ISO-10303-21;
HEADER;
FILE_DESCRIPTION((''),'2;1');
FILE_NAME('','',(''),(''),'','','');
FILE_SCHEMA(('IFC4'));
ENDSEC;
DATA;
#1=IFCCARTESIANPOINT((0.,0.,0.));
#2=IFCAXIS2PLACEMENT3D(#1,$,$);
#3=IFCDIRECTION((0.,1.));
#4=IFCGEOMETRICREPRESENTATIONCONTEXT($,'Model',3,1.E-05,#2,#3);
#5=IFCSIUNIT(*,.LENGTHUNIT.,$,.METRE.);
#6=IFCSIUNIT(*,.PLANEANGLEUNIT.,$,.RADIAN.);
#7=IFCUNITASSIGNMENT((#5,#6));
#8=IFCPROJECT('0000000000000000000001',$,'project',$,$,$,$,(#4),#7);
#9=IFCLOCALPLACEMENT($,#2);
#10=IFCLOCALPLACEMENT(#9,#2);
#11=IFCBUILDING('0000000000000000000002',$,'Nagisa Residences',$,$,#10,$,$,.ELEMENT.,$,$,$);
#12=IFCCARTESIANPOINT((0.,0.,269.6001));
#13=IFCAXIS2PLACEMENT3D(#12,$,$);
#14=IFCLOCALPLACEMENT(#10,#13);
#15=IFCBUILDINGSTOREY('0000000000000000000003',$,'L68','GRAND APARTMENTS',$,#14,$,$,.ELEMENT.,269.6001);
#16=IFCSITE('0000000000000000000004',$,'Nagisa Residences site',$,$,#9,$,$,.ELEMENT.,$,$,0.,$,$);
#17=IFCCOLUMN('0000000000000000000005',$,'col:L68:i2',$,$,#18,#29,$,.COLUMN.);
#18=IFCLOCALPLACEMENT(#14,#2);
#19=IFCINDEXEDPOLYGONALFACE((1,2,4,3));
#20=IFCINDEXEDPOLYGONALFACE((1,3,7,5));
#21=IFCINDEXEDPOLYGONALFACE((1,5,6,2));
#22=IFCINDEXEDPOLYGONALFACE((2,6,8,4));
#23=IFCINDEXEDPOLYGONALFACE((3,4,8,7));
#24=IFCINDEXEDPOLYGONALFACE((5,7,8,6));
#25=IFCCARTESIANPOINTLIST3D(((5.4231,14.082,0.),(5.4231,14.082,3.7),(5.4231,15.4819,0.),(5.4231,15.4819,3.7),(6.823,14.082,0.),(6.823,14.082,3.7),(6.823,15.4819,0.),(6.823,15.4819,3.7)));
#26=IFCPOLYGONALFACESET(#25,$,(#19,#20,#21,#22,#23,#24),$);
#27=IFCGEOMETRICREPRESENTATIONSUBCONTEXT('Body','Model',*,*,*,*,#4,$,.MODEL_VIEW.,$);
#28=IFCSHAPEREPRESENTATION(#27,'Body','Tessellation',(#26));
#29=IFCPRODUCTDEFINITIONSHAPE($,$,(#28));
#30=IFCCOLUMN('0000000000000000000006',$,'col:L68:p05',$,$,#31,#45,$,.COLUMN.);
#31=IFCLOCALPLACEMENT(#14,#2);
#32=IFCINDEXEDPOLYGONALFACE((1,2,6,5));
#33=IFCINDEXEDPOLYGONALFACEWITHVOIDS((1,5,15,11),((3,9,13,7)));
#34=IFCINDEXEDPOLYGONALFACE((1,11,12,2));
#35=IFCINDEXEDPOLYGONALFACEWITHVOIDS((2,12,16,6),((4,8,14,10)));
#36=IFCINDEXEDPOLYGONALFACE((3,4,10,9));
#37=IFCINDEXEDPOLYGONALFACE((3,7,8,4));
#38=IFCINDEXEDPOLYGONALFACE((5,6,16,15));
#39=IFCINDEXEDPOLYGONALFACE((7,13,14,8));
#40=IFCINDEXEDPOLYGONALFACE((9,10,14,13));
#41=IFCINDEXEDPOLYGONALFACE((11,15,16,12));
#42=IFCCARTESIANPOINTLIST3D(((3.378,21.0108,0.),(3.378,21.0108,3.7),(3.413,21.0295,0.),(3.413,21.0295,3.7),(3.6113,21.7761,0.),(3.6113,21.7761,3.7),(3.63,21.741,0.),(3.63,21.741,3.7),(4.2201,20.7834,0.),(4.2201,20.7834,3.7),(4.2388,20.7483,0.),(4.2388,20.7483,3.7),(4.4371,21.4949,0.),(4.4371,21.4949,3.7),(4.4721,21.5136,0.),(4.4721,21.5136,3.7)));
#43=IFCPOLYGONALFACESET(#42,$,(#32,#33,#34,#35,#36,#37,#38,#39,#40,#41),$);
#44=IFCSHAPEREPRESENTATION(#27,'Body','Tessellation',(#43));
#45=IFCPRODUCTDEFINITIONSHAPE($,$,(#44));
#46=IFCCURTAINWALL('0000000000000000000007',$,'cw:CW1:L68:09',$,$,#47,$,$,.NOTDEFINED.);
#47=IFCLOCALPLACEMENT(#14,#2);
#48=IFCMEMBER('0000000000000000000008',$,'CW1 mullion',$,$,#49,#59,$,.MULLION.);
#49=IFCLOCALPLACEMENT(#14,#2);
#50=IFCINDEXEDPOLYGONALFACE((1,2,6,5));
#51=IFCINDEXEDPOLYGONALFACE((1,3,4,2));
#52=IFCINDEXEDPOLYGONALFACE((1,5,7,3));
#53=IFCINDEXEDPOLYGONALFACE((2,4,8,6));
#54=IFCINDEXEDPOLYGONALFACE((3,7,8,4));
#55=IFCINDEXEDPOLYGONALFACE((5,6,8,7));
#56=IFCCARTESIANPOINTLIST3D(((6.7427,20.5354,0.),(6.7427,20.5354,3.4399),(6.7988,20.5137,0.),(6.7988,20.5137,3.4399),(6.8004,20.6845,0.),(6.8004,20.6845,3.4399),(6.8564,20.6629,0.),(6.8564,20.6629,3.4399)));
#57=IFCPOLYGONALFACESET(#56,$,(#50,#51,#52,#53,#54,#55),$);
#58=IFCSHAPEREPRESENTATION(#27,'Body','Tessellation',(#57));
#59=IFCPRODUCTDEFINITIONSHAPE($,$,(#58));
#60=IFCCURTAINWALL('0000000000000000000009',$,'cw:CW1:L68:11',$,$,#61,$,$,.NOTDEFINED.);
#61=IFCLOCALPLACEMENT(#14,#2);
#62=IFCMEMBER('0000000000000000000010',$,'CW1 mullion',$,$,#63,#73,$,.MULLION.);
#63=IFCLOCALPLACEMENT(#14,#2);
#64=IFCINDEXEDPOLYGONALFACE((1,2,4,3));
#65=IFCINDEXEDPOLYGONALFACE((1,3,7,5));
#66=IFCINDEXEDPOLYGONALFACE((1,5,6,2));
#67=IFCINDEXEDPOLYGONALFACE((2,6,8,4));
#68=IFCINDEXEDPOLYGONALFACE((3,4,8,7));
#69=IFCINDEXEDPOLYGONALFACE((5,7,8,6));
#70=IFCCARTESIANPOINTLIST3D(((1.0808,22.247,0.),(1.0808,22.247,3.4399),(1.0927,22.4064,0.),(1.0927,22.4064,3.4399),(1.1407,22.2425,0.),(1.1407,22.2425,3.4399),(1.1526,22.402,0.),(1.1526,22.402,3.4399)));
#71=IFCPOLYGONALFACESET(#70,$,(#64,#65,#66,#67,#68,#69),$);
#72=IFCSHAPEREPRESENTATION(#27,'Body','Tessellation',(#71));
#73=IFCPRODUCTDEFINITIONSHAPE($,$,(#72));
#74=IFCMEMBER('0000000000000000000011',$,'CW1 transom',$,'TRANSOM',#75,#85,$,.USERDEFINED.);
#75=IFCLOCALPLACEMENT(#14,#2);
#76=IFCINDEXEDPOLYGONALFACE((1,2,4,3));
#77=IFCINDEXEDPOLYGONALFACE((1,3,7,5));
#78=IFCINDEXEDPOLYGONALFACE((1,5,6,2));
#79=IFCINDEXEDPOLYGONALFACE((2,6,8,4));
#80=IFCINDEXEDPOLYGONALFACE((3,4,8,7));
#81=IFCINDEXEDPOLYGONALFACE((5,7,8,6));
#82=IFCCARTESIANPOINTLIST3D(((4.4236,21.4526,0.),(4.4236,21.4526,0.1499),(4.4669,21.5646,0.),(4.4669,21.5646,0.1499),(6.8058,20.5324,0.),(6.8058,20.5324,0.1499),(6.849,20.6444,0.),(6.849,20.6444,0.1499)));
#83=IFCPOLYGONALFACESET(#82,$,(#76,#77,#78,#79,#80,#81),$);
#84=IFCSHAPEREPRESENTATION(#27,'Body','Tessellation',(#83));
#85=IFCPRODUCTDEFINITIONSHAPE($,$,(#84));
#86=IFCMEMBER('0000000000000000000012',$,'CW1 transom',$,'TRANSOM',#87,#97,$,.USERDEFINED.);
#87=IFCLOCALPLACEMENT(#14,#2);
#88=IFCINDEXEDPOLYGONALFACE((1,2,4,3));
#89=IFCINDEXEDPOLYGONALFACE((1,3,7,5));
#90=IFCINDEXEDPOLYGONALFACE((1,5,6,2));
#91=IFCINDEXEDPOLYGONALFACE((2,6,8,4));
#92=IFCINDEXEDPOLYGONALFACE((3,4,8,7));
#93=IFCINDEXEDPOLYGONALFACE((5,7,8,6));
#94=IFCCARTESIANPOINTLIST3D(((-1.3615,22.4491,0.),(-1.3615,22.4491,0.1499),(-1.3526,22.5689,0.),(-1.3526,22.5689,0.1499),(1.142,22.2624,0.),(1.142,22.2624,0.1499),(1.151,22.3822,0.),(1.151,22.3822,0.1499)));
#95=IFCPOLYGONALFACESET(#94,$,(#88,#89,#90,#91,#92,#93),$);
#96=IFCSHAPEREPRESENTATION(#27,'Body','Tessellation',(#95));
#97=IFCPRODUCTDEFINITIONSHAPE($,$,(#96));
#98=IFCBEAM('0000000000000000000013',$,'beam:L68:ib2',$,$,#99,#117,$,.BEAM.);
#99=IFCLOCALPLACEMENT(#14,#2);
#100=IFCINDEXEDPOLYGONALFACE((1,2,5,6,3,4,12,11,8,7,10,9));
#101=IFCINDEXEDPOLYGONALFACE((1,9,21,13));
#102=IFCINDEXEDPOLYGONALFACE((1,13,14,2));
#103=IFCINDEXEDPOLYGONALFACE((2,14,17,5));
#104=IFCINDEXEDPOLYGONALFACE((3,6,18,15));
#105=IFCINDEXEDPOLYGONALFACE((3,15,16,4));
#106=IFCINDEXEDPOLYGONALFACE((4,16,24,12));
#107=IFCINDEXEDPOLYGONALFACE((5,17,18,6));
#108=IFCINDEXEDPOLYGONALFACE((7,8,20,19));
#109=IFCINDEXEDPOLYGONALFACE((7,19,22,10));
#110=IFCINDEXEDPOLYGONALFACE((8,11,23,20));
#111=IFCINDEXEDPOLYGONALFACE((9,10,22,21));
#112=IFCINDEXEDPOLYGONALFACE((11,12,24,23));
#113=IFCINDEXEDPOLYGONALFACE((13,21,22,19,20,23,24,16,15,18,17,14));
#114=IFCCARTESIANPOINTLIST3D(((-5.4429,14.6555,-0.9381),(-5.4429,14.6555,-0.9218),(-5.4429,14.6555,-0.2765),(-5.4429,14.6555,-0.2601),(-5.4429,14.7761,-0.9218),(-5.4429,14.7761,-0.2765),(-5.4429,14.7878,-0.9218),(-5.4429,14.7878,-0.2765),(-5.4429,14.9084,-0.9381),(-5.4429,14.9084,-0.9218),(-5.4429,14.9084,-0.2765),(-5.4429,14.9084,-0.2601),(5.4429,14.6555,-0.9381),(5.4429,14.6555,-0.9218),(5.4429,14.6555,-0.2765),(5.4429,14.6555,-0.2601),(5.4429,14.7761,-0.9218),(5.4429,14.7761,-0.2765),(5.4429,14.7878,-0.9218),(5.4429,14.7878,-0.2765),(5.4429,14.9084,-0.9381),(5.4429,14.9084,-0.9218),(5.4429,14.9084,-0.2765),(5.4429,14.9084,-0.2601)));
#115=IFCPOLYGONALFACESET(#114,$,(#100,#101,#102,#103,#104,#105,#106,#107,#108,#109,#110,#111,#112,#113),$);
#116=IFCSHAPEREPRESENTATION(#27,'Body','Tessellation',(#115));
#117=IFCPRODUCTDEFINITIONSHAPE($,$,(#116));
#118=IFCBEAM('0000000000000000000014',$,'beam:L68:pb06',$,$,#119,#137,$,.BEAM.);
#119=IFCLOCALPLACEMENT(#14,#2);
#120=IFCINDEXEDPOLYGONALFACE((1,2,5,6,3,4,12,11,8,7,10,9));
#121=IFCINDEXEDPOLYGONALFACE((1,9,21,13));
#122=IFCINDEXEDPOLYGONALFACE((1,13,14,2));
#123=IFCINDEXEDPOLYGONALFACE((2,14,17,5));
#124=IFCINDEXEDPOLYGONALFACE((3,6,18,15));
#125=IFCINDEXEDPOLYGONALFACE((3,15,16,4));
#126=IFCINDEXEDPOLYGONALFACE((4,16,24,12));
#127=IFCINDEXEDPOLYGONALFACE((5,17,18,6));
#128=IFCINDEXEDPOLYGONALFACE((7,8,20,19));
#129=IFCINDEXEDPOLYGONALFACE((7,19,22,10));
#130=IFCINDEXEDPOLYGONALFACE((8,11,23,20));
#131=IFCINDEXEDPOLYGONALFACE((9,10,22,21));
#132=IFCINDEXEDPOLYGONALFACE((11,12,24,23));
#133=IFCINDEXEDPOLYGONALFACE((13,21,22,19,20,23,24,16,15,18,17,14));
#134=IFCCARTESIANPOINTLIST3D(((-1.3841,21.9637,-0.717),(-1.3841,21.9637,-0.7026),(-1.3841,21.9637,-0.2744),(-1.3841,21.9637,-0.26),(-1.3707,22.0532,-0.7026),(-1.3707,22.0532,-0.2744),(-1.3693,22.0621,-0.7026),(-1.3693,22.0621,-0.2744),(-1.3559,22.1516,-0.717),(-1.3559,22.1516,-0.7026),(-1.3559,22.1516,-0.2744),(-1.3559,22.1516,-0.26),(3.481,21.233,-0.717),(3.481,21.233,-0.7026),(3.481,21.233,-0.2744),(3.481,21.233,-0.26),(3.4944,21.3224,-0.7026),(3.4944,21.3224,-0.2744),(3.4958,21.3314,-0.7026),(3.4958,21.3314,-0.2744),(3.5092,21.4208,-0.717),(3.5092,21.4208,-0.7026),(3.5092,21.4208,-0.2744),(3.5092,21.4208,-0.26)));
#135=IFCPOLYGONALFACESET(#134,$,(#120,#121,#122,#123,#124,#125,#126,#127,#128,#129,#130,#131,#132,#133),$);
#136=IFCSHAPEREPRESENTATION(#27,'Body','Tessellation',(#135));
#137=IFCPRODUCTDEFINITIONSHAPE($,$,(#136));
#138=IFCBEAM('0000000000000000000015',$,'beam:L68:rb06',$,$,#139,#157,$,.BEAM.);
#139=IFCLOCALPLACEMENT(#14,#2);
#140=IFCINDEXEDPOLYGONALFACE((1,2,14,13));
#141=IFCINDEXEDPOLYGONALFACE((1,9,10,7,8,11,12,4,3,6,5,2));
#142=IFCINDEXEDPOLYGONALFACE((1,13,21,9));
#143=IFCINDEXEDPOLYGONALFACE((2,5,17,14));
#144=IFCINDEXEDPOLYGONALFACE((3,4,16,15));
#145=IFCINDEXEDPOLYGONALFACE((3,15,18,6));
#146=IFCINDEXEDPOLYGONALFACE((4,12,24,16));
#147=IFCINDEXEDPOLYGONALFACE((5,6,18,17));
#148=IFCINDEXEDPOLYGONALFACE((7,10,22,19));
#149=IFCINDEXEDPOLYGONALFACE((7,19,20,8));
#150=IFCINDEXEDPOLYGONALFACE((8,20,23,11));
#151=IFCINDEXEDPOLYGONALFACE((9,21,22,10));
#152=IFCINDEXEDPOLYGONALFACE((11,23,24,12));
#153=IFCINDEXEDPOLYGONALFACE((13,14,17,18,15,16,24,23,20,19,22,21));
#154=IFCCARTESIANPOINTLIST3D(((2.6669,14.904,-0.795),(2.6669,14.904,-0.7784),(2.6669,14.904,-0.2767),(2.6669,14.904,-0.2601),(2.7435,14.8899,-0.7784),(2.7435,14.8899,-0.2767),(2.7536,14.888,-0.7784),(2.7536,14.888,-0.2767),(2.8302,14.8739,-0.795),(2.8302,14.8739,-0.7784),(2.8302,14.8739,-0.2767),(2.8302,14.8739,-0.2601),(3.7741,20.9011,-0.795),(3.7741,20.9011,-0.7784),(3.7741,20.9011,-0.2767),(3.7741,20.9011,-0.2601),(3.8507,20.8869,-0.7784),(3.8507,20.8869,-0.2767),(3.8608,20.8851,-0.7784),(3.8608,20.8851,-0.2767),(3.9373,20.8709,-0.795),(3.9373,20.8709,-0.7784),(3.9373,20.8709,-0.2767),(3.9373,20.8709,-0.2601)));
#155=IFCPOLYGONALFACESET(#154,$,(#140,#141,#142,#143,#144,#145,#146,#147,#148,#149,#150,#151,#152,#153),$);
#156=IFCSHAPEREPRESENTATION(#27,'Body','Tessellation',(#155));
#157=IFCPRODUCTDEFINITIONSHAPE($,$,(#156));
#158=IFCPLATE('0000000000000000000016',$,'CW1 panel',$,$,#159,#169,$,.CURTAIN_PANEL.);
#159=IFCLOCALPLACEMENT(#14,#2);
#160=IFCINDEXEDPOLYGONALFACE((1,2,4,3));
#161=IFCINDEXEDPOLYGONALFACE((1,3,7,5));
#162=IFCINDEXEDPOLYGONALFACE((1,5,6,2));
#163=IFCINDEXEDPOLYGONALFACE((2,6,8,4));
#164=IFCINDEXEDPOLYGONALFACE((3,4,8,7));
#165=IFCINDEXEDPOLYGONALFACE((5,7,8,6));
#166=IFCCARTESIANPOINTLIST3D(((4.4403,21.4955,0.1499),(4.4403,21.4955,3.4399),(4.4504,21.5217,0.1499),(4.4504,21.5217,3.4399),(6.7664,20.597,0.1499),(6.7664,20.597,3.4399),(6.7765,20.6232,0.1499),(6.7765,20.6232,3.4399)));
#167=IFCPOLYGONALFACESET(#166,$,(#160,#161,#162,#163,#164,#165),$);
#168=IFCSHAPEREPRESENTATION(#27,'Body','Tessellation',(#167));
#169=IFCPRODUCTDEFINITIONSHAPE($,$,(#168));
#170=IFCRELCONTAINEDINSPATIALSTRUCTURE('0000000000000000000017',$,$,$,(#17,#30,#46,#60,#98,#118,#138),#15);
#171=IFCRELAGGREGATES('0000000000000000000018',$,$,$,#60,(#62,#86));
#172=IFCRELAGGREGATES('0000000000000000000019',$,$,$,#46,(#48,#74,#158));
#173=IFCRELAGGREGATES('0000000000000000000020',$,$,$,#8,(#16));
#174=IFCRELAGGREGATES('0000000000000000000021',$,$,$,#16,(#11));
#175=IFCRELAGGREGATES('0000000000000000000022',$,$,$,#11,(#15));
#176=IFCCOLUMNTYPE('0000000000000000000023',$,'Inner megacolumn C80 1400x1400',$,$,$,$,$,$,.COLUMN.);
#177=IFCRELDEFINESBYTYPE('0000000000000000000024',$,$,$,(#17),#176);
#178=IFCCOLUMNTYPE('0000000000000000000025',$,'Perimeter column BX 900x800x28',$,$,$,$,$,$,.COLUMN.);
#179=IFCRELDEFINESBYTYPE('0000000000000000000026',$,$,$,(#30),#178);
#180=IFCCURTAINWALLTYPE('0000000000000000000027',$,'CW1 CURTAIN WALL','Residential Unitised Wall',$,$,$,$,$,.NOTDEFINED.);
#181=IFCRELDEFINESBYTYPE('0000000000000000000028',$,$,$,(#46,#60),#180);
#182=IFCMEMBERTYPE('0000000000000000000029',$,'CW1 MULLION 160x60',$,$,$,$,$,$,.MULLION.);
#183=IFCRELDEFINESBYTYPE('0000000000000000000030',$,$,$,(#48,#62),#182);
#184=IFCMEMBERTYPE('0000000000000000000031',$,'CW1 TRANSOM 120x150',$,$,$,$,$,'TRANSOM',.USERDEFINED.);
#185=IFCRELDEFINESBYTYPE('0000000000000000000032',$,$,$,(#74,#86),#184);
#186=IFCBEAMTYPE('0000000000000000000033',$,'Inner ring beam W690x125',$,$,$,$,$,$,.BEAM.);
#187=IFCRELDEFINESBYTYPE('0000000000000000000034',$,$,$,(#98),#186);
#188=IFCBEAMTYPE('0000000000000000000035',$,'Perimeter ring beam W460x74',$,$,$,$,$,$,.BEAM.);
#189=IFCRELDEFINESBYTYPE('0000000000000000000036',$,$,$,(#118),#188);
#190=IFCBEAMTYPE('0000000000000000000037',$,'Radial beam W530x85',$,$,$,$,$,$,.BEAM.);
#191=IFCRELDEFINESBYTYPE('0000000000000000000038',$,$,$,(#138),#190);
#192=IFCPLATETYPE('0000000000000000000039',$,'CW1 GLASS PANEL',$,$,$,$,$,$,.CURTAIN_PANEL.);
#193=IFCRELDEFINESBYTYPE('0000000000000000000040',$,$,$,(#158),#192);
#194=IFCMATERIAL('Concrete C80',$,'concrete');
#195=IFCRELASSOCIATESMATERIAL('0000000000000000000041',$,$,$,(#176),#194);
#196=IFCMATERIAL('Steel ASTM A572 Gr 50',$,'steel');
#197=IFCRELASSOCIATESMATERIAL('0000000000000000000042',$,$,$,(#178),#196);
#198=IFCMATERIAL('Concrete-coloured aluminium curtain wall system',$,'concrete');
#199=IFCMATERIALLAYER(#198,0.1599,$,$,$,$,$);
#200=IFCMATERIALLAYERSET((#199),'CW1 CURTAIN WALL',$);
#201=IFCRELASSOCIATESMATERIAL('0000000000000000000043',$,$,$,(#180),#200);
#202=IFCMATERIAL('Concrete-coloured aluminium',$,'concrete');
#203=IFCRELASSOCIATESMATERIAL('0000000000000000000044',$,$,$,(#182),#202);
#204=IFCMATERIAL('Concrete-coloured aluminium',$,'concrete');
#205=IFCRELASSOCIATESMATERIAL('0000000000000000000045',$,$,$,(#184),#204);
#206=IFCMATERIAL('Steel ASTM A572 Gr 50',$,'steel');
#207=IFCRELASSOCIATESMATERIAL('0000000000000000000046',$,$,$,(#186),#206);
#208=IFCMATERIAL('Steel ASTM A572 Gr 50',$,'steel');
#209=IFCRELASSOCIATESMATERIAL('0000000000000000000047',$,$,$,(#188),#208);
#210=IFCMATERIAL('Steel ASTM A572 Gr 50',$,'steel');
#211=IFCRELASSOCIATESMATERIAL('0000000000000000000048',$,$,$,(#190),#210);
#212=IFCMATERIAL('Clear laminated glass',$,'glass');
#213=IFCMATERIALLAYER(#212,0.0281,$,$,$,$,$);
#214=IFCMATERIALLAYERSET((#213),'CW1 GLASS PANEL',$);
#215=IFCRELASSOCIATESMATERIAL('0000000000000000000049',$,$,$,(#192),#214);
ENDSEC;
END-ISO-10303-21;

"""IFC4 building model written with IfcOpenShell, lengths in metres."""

from ifc_helpers import new_model, si_unit, direction, frame, origin, origin_2d, place, context, subcontext, project, spatial, rectangle, hollow_rectangle, i_section, extrude, material, layer, layer_set, material_profile, profile_set, type_object, element, aggregate, save


model = new_model("IFC4")

# Units and contexts
model_context = context("Model", 3, precision=1e-05, world=origin(), true_north=direction((0.0, 1.0)))
body_context = subcontext(model_context, "Body", "Model", "MODEL_VIEW")
ifc_project = project(units=[si_unit("LENGTHUNIT", "METRE"), si_unit("PLANEANGLEUNIT", "RADIAN")], contexts=[model_context])

# Site, building, storey
site_placement = place(None, origin())
site = spatial("IfcSite", under=ifc_project, at=site_placement, Name="Nagisa Residences site", CompositionType="ELEMENT", RefElevation=0.0)
building_placement = place(site_placement, origin())
building = spatial("IfcBuilding", under=site, at=building_placement, Name="Nagisa Residences", CompositionType="ELEMENT")
storey_placement = place(building_placement, frame((0.0, 0.0, 269.6001)))
storey = spatial("IfcBuildingStorey", under=building, at=storey_placement, Name="L68", Description="GRAND APARTMENTS", CompositionType="ELEMENT", Elevation=269.6001)

# Columns
ifc_material_1 = material(Name="Concrete C80", Category="concrete")
ifc_material_profile_1 = material_profile(ifc_material_1, rectangle(XDim=1.3999, YDim=1.3999, at=origin_2d()), Name="C80 1400x1400")
ifc_profile_set_1 = profile_set([ifc_material_profile_1], Name="Concrete C80")
column_type_1 = type_object("IfcColumnType", Name="Inner megacolumn C80 1400x1400", PredefinedType="COLUMN", material=ifc_profile_set_1)
column_1_placement = place(storey_placement, frame((6.123, 14.782, 0.0), z_axis=(0.0, 0.0, 1.0), x_axis=(1.0, 0.0, 0.0)))
element("IfcColumn", 1, at=column_1_placement, inside=storey, type_object=column_type_1, Name="col:L68:i2", PredefinedType="COLUMN", context=body_context, shape_type="SweptSolid", body=[
    extrude(rectangle(XDim=1.3999, YDim=1.3999, at=origin_2d()), origin(), (0.0, 0.0, 1.0), 3.7),
])
ifc_material_2 = material(Name="Steel ASTM A572 Gr 50", Category="steel")
ifc_material_profile_2 = material_profile(ifc_material_2, hollow_rectangle(XDim=0.8999, YDim=0.8, WallThickness=0.0281, at=origin_2d()), Name="BX 900x800x28")
ifc_profile_set_2 = profile_set([ifc_material_profile_2], Name="Steel ASTM A572 Gr 50")
column_type_2 = type_object("IfcColumnType", Name="Perimeter column BX 900x800x28", PredefinedType="COLUMN", material=ifc_profile_set_2)
column_2_placement = place(storey_placement, frame((3.925, 21.2622, 0.0), z_axis=(0.0, 0.0, 1.0), x_axis=(-0.956525, 0.291652, 0.0)))
element("IfcColumn", 2, at=column_2_placement, inside=storey, type_object=column_type_2, Name="col:L68:p05", PredefinedType="COLUMN", context=body_context, shape_type="SweptSolid", body=[
    extrude(hollow_rectangle(XDim=0.8999, YDim=0.8, WallThickness=0.0281, at=origin_2d()), origin(), (0.0, 0.0, 1.0), 3.7),
])

# Curtain walls, members
ifc_material_3 = material(Name="Concrete-coloured aluminium curtain wall system", Category="concrete")
ifc_layer_1 = layer(ifc_material_3, 0.1599)
ifc_layer_set_1 = layer_set([ifc_layer_1], Name="CW1 CURTAIN WALL")
curtain_wall_type = type_object("IfcCurtainWallType", Name="CW1 CURTAIN WALL", Description="Residential Unitised Wall", PredefinedType="NOTDEFINED", material=ifc_layer_set_1)
curtain_wall_1_placement = place(storey_placement, origin())
curtain_wall_1 = element("IfcCurtainWall", 3, at=curtain_wall_1_placement, inside=storey, type_object=curtain_wall_type, Name="cw:CW1:L68:09", PredefinedType="NOTDEFINED")
ifc_material_4 = material(Name="Concrete-coloured aluminium", Category="concrete")
ifc_material_profile_3 = material_profile(ifc_material_4, rectangle(XDim=0.1599, YDim=0.0601, at=origin_2d()), Name="CW1 MULLION 160x60")
ifc_profile_set_3 = profile_set([ifc_material_profile_3], Name="Concrete-coloured aluminium")
member_type_1 = type_object("IfcMemberType", Name="CW1 MULLION 160x60", PredefinedType="MULLION", material=ifc_profile_set_3)
member_1_placement = place(storey_placement, frame((6.7996, 20.5991, 0.0), z_axis=(0.0, 0.0, 1.0), x_axis=(-0.360328, -0.932826, 0.0)))
member_1 = element("IfcMember", 4, at=member_1_placement, type_object=member_type_1, Name="CW1 mullion", PredefinedType="MULLION", context=body_context, shape_type="SweptSolid", body=[
    extrude(rectangle(XDim=0.1599, YDim=0.0601, at=origin_2d()), origin(), (0.0, 0.0, 1.0), 3.4399),
])
curtain_wall_2_placement = place(storey_placement, origin())
curtain_wall_2 = element("IfcCurtainWall", 5, at=curtain_wall_2_placement, inside=storey, type_object=curtain_wall_type, Name="cw:CW1:L68:11", PredefinedType="NOTDEFINED")
member_2_placement = place(storey_placement, frame((1.1167, 22.3245, 0.0), z_axis=(0.0, 0.0, 1.0), x_axis=(-0.074377, -0.99723, 0.0)))
member_2 = element("IfcMember", 6, at=member_2_placement, type_object=member_type_1, Name="CW1 mullion", PredefinedType="MULLION", context=body_context, shape_type="SweptSolid", body=[
    extrude(rectangle(XDim=0.1599, YDim=0.0601, at=origin_2d()), origin(), (0.0, 0.0, 1.0), 3.4399),
])

# Members
ifc_material_5 = material(Name="Concrete-coloured aluminium", Category="concrete")
ifc_material_profile_4 = material_profile(ifc_material_5, rectangle(XDim=0.1201, YDim=0.1499, at=origin_2d()), Name="CW1 TRANSOM 120x150")
ifc_profile_set_4 = profile_set([ifc_material_profile_4], Name="Concrete-coloured aluminium")
member_type_2 = type_object("IfcMemberType", Name="CW1 TRANSOM 120x150", ElementType="TRANSOM", PredefinedType="USERDEFINED", material=ifc_profile_set_4)
member_3_placement = place(storey_placement, frame((6.8274, 20.5884, 0.075), z_axis=(-0.932822, 0.360337, 0.0), x_axis=(-0.360337, -0.932822, 0.0)))
member_3 = element("IfcMember", 7, at=member_3_placement, type_object=member_type_2, Name="CW1 transom", ObjectType="TRANSOM", PredefinedType="USERDEFINED", context=body_context, shape_type="SweptSolid", body=[
    extrude(rectangle(XDim=0.1201, YDim=0.1499, at=origin_2d()), origin(), (0.0, 0.0, 1.0), 2.5537),
])
member_4_placement = place(storey_placement, frame((1.1465, 22.3223, 0.075), z_axis=(-0.997229, 0.074391, 0.0), x_axis=(-0.074391, -0.997229, 0.0)))
member_4 = element("IfcMember", 8, at=member_4_placement, type_object=member_type_2, Name="CW1 transom", ObjectType="TRANSOM", PredefinedType="USERDEFINED", context=body_context, shape_type="SweptSolid", body=[
    extrude(rectangle(XDim=0.1201, YDim=0.1499, at=origin_2d()), origin(), (0.0, 0.0, 1.0), 2.5105),
])
aggregate(curtain_wall_2, [member_2, member_4])

# Beams
ifc_material_6 = material(Name="Steel ASTM A572 Gr 50", Category="steel")
ifc_material_profile_5 = material_profile(ifc_material_6, i_section(OverallWidth=0.2529, OverallDepth=0.678, WebThickness=0.0117, FlangeThickness=0.0164, at=origin_2d()), Name="W690x125")
ifc_profile_set_5 = profile_set([ifc_material_profile_5], Name="Steel ASTM A572 Gr 50")
beam_type_1 = type_object("IfcBeamType", Name="Inner ring beam W690x125", PredefinedType="BEAM", material=ifc_profile_set_5)
beam_1_placement = place(storey_placement, frame((5.4429, 14.782, -0.5991), z_axis=(-1.0, 0.0, 0.0), x_axis=(0.0, -1.0, 0.0)))
element("IfcBeam", 9, at=beam_1_placement, inside=storey, type_object=beam_type_1, Name="beam:L68:ib2", PredefinedType="BEAM", context=body_context, shape_type="SweptSolid", body=[
    extrude(i_section(OverallWidth=0.2529, OverallDepth=0.678, WebThickness=0.0117, FlangeThickness=0.0164, at=origin_2d()), origin(), (0.0, 0.0, 1.0), 10.8857),
])
ifc_material_7 = material(Name="Steel ASTM A572 Gr 50", Category="steel")
ifc_material_profile_6 = material_profile(ifc_material_7, i_section(OverallWidth=0.1899, OverallDepth=0.457, WebThickness=0.009, FlangeThickness=0.0144, at=origin_2d()), Name="W460x74")
ifc_profile_set_6 = profile_set([ifc_material_profile_6], Name="Steel ASTM A572 Gr 50")
beam_type_2 = type_object("IfcBeamType", Name="Perimeter ring beam W460x74", PredefinedType="BEAM", material=ifc_profile_set_6)
beam_2_placement = place(storey_placement, frame((3.4951, 21.3269, -0.4885), z_axis=(-0.988908, 0.148532, 0.0), x_axis=(-0.148532, -0.988908, 0.0)))
element("IfcBeam", 10, at=beam_2_placement, inside=storey, type_object=beam_type_2, Name="beam:L68:pb06", PredefinedType="BEAM", context=body_context, shape_type="SweptSolid", body=[
    extrude(i_section(OverallWidth=0.1899, OverallDepth=0.457, WebThickness=0.009, FlangeThickness=0.0144, at=origin_2d()), origin(), (0.0, 0.0, 1.0), 4.9197),
])
ifc_material_8 = material(Name="Steel ASTM A572 Gr 50", Category="steel")
ifc_material_profile_7 = material_profile(ifc_material_8, i_section(OverallWidth=0.166, OverallDepth=0.5349, WebThickness=0.0103, FlangeThickness=0.0166, at=origin_2d()), Name="W530x85")
ifc_profile_set_7 = profile_set([ifc_material_profile_7], Name="Steel ASTM A572 Gr 50")
beam_type_3 = type_object("IfcBeamType", Name="Radial beam W530x85", PredefinedType="BEAM", material=ifc_profile_set_7)
beam_3_placement = place(storey_placement, frame((3.8557, 20.886, -0.5276), z_axis=(-0.181552, -0.983381, 0.0), x_axis=(0.983381, -0.181552, 0.0)))
element("IfcBeam", 11, at=beam_3_placement, inside=storey, type_object=beam_type_3, Name="beam:L68:rb06", PredefinedType="BEAM", context=body_context, shape_type="SweptSolid", body=[
    extrude(i_section(OverallWidth=0.166, OverallDepth=0.5349, WebThickness=0.0103, FlangeThickness=0.0166, at=origin_2d()), origin(), (0.0, 0.0, 1.0), 6.0984),
])

# Plate
ifc_material_9 = material(Name="Clear laminated glass", Category="glass")
ifc_layer_2 = layer(ifc_material_9, 0.0281)
ifc_layer_set_2 = layer_set([ifc_layer_2], Name="CW1 GLASS PANEL")
plate_type = type_object("IfcPlateType", Name="CW1 GLASS PANEL", PredefinedType="CURTAIN_PANEL", material=ifc_layer_set_2)
plate_placement = place(storey_placement, frame((5.6084, 21.0593, 0.1499), z_axis=(0.0, 0.0, 1.0), x_axis=(-0.932826, 0.360328, 0.0)))
plate = element("IfcPlate", 12, at=plate_placement, type_object=plate_type, Name="CW1 panel", PredefinedType="CURTAIN_PANEL", context=body_context, shape_type="SweptSolid", body=[
    extrude(rectangle(XDim=2.4937, YDim=0.0281, at=origin_2d()), origin(), (0.0, 0.0, 1.0), 3.29),
])
aggregate(curtain_wall_1, [member_1, member_3, plate])

save(model, "model.ifc")
